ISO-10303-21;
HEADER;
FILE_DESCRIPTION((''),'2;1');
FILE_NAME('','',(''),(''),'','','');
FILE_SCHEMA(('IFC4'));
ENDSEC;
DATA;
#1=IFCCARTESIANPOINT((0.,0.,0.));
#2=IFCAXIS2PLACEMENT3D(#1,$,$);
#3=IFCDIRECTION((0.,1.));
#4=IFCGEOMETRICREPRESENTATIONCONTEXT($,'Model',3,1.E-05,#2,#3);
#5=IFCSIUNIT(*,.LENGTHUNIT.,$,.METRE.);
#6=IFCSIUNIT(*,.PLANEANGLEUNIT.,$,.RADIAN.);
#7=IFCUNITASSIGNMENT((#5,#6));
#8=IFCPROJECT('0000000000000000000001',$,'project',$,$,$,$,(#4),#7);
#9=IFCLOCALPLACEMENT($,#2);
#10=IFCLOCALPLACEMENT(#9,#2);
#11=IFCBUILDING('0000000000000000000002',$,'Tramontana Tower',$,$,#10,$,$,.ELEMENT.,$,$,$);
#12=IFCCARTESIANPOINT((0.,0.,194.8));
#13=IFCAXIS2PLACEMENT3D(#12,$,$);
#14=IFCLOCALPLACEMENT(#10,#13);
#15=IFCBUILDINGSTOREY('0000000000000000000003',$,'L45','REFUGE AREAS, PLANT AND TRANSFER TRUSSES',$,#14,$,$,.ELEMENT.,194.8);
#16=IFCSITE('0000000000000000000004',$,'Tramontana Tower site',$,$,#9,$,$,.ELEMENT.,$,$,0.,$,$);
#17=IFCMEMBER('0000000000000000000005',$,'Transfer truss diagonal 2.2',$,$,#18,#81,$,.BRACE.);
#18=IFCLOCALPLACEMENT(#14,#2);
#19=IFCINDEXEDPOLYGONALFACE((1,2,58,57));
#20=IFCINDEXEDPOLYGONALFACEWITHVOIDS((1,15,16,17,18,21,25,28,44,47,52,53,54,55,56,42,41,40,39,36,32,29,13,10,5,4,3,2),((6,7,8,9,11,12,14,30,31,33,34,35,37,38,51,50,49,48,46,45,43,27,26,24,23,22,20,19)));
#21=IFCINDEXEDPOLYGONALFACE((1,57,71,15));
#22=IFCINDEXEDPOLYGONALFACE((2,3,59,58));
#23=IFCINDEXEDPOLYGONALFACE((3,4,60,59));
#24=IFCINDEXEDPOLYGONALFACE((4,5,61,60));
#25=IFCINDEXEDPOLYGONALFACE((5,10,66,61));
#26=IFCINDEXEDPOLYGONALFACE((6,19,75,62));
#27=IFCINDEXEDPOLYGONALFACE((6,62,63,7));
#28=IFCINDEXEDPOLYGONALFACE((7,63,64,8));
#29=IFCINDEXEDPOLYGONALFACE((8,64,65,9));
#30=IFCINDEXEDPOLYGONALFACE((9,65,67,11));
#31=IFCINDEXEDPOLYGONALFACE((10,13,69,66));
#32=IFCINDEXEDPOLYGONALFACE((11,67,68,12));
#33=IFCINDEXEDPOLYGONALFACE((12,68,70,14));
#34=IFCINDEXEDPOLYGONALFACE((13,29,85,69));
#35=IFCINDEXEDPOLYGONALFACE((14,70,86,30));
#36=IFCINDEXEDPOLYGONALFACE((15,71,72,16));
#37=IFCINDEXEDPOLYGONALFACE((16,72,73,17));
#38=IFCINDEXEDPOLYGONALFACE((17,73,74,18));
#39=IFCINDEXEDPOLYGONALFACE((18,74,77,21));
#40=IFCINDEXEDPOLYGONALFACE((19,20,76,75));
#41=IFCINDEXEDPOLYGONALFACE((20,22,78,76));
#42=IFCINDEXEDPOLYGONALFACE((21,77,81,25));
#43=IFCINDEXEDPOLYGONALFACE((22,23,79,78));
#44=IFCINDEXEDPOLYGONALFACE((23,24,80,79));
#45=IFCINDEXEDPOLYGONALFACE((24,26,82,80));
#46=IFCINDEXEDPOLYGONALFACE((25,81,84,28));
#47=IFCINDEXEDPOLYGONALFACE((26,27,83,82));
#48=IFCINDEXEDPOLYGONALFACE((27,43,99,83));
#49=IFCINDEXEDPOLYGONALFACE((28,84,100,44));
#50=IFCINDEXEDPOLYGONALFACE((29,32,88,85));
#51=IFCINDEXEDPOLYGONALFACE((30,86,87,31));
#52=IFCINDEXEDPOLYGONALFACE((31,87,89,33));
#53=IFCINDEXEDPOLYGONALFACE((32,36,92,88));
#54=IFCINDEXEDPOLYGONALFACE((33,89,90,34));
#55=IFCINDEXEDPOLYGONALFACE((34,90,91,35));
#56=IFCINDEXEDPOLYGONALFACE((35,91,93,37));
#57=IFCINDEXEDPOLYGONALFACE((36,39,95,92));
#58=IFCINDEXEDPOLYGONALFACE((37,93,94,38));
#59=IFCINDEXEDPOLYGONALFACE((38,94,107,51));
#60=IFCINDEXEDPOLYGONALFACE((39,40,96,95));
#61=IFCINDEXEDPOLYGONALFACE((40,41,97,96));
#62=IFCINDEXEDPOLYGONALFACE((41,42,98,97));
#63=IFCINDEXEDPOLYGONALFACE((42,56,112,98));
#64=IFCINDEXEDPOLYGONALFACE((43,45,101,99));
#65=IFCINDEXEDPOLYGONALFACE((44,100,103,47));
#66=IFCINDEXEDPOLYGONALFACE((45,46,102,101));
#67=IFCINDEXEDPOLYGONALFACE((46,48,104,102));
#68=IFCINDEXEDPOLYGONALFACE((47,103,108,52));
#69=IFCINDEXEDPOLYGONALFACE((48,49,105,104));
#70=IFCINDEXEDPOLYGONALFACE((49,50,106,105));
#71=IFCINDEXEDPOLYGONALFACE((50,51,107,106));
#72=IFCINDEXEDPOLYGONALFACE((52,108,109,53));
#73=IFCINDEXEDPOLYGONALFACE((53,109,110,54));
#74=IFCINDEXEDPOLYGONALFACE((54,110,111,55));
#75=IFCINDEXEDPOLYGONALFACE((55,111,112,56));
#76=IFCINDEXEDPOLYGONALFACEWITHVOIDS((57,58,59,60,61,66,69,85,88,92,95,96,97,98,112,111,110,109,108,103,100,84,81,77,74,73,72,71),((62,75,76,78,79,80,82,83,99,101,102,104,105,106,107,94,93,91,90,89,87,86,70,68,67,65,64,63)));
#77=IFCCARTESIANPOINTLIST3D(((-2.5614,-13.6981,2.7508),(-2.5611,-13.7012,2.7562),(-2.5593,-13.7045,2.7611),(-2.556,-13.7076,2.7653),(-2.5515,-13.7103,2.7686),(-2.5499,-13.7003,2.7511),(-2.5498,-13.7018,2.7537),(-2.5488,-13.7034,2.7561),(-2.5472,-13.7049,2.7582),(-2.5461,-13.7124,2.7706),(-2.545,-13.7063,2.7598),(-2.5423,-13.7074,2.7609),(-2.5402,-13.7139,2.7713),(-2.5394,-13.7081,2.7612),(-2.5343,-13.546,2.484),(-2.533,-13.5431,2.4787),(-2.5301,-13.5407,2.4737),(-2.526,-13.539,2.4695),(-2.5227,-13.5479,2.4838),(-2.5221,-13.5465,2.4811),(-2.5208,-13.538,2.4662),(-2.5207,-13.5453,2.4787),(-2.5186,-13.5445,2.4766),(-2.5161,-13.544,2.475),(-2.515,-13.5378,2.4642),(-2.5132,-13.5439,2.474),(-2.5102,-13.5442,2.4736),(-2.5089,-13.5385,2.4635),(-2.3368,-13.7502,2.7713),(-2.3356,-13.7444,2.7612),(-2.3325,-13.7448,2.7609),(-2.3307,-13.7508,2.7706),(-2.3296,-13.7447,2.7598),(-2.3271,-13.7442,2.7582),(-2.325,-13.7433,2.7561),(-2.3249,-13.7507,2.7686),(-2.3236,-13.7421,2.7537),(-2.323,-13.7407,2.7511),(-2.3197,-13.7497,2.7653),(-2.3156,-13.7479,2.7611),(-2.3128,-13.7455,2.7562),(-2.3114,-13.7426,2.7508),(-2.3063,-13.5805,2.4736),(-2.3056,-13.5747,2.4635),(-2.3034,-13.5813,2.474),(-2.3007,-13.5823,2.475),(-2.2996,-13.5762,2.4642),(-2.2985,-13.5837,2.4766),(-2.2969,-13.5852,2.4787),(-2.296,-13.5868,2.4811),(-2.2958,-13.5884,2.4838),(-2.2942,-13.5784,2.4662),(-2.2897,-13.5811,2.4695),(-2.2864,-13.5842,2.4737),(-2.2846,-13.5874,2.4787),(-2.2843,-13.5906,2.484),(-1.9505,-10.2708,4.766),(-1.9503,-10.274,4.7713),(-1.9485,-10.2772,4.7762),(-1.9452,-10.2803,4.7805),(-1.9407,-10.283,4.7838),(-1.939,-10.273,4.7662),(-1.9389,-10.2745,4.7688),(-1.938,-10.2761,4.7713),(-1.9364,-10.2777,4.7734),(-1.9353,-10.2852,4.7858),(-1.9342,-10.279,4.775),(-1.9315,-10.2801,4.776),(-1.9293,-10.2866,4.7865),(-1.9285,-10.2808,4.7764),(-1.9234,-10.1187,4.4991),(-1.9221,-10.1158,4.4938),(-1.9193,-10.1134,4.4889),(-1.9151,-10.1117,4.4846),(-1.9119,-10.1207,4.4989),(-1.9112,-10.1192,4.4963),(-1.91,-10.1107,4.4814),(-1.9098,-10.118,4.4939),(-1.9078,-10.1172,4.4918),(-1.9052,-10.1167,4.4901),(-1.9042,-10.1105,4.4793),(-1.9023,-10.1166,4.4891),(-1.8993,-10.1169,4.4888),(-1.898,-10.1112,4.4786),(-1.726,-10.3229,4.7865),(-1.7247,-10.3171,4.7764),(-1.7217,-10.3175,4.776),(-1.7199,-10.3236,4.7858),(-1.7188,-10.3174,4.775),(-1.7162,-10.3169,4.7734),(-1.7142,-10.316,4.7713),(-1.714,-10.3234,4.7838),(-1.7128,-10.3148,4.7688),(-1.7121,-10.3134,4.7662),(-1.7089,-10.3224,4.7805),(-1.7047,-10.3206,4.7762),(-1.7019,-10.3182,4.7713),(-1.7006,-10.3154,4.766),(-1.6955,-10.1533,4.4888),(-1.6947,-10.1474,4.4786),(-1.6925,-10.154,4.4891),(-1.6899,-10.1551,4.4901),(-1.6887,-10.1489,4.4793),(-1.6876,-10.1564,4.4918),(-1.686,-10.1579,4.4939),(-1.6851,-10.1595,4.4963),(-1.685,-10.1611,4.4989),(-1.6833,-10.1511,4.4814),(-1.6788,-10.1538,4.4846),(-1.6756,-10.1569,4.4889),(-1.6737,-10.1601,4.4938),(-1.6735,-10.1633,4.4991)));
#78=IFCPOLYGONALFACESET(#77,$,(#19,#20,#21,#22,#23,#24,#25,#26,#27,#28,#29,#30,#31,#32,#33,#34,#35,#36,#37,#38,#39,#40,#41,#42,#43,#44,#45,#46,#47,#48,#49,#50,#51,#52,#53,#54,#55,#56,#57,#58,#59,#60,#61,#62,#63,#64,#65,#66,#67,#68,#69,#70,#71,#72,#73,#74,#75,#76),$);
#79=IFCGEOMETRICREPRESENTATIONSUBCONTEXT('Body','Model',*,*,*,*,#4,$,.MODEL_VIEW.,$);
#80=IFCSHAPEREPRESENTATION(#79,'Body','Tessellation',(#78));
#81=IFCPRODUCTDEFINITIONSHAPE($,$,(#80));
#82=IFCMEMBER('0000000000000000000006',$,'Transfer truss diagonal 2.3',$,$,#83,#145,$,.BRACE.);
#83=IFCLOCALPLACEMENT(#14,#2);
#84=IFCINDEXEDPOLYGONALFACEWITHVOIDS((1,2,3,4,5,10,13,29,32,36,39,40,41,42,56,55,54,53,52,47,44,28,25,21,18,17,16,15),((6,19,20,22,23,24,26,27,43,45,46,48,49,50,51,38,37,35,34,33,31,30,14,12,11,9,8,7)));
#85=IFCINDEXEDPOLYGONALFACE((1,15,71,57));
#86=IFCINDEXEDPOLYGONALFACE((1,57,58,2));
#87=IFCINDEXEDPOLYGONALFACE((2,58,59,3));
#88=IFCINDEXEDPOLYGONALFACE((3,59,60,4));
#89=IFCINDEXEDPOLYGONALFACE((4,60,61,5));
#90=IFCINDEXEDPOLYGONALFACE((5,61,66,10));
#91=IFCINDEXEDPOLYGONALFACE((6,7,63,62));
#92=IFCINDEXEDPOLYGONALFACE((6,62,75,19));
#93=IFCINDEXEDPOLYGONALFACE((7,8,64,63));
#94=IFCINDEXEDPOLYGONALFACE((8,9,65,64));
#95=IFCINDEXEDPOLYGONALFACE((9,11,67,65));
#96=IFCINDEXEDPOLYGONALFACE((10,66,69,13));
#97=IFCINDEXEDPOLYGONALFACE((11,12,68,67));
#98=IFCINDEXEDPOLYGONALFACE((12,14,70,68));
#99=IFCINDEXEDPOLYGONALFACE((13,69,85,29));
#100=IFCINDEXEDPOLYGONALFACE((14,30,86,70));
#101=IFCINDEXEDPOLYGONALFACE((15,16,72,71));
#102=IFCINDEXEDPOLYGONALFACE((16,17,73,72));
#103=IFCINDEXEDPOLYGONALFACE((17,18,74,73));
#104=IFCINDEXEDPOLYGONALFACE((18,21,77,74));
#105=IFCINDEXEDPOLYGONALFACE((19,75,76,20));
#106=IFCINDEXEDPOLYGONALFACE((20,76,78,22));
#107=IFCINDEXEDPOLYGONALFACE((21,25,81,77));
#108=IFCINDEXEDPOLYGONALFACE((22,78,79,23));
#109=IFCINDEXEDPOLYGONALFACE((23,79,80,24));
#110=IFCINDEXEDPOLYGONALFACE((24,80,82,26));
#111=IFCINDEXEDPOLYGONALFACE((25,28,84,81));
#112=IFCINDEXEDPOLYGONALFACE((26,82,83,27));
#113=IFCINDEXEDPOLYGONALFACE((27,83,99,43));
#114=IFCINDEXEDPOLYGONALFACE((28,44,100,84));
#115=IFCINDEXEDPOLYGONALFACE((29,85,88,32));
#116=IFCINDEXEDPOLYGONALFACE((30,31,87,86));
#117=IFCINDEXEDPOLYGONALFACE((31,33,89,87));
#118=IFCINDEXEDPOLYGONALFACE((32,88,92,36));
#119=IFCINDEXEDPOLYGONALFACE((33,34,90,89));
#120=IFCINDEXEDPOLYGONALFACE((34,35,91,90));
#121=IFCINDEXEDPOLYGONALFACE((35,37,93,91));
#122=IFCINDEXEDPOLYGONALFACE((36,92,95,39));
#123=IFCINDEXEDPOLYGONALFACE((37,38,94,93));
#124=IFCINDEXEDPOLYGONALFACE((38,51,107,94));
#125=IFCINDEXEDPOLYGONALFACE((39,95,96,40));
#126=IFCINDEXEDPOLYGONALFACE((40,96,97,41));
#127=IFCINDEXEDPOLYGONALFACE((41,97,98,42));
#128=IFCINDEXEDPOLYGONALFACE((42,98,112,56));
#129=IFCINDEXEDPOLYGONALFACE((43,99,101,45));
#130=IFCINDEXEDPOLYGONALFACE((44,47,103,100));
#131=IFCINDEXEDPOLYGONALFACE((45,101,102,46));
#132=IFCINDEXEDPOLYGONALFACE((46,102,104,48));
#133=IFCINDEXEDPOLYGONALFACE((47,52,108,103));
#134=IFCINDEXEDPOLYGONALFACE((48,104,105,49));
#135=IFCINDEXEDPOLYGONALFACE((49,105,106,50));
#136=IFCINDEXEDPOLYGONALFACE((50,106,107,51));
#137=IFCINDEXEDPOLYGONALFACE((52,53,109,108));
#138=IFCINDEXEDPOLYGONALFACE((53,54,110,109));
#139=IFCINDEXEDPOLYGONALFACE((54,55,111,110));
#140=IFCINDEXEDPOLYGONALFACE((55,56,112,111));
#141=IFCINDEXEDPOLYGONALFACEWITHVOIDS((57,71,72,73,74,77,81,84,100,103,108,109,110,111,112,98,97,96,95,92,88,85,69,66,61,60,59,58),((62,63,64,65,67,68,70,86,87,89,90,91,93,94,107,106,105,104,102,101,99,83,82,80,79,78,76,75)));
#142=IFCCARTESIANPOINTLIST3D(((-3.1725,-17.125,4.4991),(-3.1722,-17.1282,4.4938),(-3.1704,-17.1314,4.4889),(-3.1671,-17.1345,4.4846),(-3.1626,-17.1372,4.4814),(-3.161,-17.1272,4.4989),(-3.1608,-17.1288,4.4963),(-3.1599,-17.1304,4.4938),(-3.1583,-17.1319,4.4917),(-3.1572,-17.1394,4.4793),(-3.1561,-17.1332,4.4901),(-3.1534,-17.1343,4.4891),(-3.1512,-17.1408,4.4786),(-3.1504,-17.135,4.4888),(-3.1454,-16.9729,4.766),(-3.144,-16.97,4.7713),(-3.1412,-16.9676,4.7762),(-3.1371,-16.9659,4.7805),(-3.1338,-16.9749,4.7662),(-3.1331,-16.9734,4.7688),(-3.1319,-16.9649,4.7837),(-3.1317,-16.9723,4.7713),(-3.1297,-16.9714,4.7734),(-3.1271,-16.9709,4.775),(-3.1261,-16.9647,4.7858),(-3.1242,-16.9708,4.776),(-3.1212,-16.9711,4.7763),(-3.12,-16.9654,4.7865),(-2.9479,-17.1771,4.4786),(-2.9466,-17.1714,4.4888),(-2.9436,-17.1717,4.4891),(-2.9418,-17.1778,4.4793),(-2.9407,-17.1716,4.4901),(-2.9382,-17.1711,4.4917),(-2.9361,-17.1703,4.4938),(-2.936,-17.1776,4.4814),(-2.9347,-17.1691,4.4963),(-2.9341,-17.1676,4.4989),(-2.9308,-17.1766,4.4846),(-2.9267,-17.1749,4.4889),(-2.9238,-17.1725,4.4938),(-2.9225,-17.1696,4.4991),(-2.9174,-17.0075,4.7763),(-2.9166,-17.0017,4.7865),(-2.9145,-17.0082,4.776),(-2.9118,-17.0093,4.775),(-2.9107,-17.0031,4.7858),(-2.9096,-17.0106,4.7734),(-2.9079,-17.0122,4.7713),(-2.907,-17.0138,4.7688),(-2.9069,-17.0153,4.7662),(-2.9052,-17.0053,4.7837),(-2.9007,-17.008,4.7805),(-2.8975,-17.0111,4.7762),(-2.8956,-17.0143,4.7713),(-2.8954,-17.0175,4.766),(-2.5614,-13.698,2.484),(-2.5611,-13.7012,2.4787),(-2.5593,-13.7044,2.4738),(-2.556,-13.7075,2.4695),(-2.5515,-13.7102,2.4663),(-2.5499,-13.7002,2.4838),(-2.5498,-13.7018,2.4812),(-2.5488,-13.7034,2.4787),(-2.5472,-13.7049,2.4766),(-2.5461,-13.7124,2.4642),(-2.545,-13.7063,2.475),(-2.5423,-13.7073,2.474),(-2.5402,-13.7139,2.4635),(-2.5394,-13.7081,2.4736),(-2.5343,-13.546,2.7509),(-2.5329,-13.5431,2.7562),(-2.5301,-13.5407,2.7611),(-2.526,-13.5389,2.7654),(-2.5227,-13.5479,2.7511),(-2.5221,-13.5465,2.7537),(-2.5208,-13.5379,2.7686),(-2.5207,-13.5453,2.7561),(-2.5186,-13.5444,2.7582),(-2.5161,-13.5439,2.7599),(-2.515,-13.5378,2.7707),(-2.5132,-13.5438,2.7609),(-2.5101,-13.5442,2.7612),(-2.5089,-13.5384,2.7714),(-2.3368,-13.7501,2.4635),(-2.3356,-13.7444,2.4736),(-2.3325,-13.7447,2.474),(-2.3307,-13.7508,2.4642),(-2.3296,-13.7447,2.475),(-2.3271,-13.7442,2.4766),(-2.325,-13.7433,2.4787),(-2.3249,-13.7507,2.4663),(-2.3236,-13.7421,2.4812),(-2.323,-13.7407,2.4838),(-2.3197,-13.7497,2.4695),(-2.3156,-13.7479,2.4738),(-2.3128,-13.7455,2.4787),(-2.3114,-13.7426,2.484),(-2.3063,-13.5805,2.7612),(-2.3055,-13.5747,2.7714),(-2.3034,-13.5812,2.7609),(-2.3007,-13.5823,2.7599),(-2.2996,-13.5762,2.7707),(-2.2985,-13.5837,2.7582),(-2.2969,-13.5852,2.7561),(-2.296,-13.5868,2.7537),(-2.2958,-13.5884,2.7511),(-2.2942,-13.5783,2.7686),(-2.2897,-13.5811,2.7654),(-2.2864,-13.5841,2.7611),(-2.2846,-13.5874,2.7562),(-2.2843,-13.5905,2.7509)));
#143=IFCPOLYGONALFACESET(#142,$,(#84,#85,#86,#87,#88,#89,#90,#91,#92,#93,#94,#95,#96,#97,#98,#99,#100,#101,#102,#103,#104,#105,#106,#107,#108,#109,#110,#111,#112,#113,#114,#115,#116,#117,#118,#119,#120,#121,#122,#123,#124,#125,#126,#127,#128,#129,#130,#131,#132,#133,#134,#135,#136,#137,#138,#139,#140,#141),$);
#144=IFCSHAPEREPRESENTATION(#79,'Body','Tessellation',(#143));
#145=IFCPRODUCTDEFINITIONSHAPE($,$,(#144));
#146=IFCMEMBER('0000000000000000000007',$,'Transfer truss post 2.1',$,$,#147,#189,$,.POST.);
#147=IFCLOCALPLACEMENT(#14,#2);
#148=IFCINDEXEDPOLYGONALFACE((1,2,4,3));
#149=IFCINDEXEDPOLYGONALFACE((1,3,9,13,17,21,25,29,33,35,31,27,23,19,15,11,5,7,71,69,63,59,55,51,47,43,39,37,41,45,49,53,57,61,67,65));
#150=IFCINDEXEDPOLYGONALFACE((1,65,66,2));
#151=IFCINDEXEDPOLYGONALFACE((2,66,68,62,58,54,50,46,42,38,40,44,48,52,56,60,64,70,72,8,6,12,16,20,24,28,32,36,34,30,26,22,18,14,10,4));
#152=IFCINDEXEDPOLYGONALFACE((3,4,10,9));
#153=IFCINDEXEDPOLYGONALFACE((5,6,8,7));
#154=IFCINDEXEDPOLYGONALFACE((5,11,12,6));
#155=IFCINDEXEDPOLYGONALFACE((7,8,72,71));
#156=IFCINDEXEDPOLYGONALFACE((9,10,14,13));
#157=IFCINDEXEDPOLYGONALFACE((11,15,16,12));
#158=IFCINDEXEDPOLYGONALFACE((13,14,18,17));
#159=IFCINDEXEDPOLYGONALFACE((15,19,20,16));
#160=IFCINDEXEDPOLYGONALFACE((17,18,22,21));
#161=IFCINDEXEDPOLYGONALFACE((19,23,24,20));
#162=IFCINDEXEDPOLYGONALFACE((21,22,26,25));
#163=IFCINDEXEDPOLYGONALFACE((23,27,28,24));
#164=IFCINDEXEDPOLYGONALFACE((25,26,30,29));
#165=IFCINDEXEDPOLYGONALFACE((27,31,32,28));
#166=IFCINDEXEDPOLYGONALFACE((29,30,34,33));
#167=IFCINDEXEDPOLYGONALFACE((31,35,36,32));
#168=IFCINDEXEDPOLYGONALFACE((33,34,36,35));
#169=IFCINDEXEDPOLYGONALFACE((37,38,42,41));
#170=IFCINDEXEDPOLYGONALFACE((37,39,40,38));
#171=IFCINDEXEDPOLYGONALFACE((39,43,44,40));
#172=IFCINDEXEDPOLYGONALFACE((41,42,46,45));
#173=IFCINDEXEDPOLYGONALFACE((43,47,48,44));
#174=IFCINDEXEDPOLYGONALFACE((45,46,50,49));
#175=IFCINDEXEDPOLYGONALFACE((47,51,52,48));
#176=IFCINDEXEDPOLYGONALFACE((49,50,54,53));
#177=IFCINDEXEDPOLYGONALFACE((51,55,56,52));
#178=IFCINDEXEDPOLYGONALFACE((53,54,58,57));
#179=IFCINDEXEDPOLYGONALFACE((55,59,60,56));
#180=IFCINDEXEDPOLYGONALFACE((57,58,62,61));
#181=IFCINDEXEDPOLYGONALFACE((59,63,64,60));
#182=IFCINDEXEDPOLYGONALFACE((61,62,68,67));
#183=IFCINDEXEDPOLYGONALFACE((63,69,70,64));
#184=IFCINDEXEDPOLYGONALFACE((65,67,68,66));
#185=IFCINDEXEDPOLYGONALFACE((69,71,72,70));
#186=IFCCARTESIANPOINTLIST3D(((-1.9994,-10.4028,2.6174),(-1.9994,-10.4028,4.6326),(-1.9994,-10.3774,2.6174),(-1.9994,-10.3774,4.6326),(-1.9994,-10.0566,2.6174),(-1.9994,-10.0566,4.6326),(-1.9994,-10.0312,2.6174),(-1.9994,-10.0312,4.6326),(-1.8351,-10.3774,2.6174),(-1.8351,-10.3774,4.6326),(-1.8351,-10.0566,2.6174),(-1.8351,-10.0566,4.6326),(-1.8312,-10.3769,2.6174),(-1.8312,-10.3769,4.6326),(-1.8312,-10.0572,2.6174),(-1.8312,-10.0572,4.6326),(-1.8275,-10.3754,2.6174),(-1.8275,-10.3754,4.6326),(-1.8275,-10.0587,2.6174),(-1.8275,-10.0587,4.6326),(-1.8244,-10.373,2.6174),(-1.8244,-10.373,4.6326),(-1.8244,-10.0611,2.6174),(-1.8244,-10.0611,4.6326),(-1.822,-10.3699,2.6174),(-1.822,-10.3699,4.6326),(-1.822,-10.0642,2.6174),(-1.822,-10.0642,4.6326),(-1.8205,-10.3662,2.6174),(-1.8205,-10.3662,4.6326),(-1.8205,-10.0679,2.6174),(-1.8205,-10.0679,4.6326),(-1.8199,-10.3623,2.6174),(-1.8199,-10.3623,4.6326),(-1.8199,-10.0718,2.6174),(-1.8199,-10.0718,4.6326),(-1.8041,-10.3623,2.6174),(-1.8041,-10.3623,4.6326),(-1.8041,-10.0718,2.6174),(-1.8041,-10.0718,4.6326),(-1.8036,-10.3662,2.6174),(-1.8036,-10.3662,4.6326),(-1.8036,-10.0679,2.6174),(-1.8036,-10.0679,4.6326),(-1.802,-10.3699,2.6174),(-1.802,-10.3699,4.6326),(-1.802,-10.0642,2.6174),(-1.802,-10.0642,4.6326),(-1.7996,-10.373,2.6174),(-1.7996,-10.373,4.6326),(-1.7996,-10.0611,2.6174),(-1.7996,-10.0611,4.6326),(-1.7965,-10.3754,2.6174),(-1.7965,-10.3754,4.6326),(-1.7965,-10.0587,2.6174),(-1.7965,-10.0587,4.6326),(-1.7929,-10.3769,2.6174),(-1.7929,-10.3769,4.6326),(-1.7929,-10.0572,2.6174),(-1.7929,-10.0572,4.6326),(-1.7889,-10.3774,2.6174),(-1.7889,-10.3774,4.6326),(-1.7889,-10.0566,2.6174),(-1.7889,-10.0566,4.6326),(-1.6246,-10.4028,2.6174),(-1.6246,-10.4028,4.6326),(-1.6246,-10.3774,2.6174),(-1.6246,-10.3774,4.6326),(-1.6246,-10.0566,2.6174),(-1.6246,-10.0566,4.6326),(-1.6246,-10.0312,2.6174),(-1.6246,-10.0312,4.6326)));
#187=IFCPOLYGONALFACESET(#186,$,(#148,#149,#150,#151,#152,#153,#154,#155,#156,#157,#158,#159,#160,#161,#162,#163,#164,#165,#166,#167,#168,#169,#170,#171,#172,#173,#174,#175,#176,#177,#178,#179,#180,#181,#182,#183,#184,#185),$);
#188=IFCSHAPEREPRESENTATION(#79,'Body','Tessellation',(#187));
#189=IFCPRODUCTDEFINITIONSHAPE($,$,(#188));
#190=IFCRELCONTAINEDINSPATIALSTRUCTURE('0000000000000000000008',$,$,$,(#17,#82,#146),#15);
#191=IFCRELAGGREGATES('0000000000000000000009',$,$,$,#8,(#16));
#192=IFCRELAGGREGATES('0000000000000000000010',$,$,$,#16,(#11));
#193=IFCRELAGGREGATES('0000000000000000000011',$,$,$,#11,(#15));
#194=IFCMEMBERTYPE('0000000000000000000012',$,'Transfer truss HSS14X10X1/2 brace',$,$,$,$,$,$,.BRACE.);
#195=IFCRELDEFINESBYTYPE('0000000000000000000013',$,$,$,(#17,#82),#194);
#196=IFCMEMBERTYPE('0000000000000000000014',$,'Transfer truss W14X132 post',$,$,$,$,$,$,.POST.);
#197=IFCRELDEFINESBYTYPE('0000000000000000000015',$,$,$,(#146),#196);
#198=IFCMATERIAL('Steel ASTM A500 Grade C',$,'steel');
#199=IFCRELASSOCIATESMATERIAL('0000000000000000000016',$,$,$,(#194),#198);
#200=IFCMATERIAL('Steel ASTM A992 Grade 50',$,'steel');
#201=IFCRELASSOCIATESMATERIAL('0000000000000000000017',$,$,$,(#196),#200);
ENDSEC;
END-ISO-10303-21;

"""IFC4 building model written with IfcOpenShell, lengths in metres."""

from ifc_helpers import new_model, si_unit, direction, frame, origin, origin_2d, place, context, subcontext, project, spatial, hollow_rectangle, i_section, extrude, material, material_profile, profile_set, type_object, element, save


model = new_model("IFC4")

# Units and contexts
model_context = context("Model", 3, precision=1e-05, world=origin(), true_north=direction((0.0, 1.0)))
body_context = subcontext(model_context, "Body", "Model", "MODEL_VIEW")
ifc_project = project(units=[si_unit("LENGTHUNIT", "METRE"), si_unit("PLANEANGLEUNIT", "RADIAN")], contexts=[model_context])

# Site, building, storey
site_placement = place(None, origin())
site = spatial("IfcSite", under=ifc_project, at=site_placement, Name="Tramontana Tower site", CompositionType="ELEMENT", RefElevation=0.0)
building_placement = place(site_placement, origin())
building = spatial("IfcBuilding", under=site, at=building_placement, Name="Tramontana Tower", CompositionType="ELEMENT")
storey_placement = place(building_placement, frame((0.0, 0.0, 194.8)))
storey = spatial("IfcBuildingStorey", under=building, at=storey_placement, Name="L45", Description="REFUGE AREAS, PLANT AND TRANSFER TRUSSES", CompositionType="ELEMENT", Elevation=194.8)

# Members
ifc_material_1 = material(Name="Steel ASTM A500 Grade C", Category="steel")
ifc_material_profile_1 = material_profile(ifc_material_1, hollow_rectangle(XDim=0.2539, YDim=0.3557, WallThickness=0.0117, InnerFilletRadius=0.0117, OuterFilletRadius=0.0237, at=origin_2d()), Name="HSS14X10X1/2")
ifc_profile_set_1 = profile_set([ifc_material_profile_1], Name="Steel ASTM A500 Grade C")
member_type_1 = type_object("IfcMemberType", Name="Transfer truss HSS14X10X1/2 brace", PredefinedType="BRACE", material=ifc_profile_set_1)
member_1_placement = place(storey_placement, frame((-1.812, -10.217, 4.6326), z_axis=(-0.151859, -0.852034, -0.500975), x_axis=(0.984486, -0.175465, 0.0)))
element("IfcMember", 1, at=member_1_placement, inside=storey, type_object=member_type_1, Name="Transfer truss diagonal 2.2", PredefinedType="BRACE", context=body_context, shape_type="SweptSolid", body=[
    extrude(hollow_rectangle(XDim=0.2539, YDim=0.3557, WallThickness=0.0117, InnerFilletRadius=0.0117, OuterFilletRadius=0.0237, at=origin_2d()), origin(), (0.0, 0.0, 1.0), 4.0225),
])
member_2_placement = place(storey_placement, frame((-2.4229, -13.6443, 2.6174), z_axis=(-0.151926, -0.85201, 0.500997), x_axis=(0.984471, -0.175545, 0.0)))
element("IfcMember", 2, at=member_2_placement, inside=storey, type_object=member_type_1, Name="Transfer truss diagonal 2.3", PredefinedType="BRACE", context=body_context, shape_type="SweptSolid", body=[
    extrude(hollow_rectangle(XDim=0.2539, YDim=0.3557, WallThickness=0.0117, InnerFilletRadius=0.0117, OuterFilletRadius=0.0237, at=origin_2d()), origin(), (0.0, 0.0, 1.0), 4.0222),
])
ifc_material_2 = material(Name="Steel ASTM A992 Grade 50", Category="steel")
ifc_material_profile_2 = material_profile(ifc_material_2, i_section(OverallWidth=0.3748, OverallDepth=0.3716, WebThickness=0.0159, FlangeThickness=0.0254, FilletRadius=0.0151, at=origin_2d()), Name="W14X132")
ifc_profile_set_2 = profile_set([ifc_material_profile_2], Name="Steel ASTM A992 Grade 50")
member_type_2 = type_object("IfcMemberType", Name="Transfer truss W14X132 post", PredefinedType="POST", material=ifc_profile_set_2)
for number, where, z_axis, x_axis, name in (
    (3, (-1.812, -10.217, 2.6174), (0.0, 0.0, 1.0), (1.0, 0.0, 0.0), "Transfer truss post 2.1"),
):
    element("IfcMember", number, at=place(storey_placement, frame(where, z_axis=z_axis, x_axis=x_axis)), inside=storey, type_object=member_type_2, Name=name, PredefinedType="POST", context=body_context, shape_type="SweptSolid", body=[
        extrude(i_section(OverallWidth=0.3748, OverallDepth=0.3716, WebThickness=0.0159, FlangeThickness=0.0254, FilletRadius=0.0151, at=origin_2d()), origin(), (0.0, 0.0, 1.0), 2.0151),
    ])

save(model, "model.ifc")
